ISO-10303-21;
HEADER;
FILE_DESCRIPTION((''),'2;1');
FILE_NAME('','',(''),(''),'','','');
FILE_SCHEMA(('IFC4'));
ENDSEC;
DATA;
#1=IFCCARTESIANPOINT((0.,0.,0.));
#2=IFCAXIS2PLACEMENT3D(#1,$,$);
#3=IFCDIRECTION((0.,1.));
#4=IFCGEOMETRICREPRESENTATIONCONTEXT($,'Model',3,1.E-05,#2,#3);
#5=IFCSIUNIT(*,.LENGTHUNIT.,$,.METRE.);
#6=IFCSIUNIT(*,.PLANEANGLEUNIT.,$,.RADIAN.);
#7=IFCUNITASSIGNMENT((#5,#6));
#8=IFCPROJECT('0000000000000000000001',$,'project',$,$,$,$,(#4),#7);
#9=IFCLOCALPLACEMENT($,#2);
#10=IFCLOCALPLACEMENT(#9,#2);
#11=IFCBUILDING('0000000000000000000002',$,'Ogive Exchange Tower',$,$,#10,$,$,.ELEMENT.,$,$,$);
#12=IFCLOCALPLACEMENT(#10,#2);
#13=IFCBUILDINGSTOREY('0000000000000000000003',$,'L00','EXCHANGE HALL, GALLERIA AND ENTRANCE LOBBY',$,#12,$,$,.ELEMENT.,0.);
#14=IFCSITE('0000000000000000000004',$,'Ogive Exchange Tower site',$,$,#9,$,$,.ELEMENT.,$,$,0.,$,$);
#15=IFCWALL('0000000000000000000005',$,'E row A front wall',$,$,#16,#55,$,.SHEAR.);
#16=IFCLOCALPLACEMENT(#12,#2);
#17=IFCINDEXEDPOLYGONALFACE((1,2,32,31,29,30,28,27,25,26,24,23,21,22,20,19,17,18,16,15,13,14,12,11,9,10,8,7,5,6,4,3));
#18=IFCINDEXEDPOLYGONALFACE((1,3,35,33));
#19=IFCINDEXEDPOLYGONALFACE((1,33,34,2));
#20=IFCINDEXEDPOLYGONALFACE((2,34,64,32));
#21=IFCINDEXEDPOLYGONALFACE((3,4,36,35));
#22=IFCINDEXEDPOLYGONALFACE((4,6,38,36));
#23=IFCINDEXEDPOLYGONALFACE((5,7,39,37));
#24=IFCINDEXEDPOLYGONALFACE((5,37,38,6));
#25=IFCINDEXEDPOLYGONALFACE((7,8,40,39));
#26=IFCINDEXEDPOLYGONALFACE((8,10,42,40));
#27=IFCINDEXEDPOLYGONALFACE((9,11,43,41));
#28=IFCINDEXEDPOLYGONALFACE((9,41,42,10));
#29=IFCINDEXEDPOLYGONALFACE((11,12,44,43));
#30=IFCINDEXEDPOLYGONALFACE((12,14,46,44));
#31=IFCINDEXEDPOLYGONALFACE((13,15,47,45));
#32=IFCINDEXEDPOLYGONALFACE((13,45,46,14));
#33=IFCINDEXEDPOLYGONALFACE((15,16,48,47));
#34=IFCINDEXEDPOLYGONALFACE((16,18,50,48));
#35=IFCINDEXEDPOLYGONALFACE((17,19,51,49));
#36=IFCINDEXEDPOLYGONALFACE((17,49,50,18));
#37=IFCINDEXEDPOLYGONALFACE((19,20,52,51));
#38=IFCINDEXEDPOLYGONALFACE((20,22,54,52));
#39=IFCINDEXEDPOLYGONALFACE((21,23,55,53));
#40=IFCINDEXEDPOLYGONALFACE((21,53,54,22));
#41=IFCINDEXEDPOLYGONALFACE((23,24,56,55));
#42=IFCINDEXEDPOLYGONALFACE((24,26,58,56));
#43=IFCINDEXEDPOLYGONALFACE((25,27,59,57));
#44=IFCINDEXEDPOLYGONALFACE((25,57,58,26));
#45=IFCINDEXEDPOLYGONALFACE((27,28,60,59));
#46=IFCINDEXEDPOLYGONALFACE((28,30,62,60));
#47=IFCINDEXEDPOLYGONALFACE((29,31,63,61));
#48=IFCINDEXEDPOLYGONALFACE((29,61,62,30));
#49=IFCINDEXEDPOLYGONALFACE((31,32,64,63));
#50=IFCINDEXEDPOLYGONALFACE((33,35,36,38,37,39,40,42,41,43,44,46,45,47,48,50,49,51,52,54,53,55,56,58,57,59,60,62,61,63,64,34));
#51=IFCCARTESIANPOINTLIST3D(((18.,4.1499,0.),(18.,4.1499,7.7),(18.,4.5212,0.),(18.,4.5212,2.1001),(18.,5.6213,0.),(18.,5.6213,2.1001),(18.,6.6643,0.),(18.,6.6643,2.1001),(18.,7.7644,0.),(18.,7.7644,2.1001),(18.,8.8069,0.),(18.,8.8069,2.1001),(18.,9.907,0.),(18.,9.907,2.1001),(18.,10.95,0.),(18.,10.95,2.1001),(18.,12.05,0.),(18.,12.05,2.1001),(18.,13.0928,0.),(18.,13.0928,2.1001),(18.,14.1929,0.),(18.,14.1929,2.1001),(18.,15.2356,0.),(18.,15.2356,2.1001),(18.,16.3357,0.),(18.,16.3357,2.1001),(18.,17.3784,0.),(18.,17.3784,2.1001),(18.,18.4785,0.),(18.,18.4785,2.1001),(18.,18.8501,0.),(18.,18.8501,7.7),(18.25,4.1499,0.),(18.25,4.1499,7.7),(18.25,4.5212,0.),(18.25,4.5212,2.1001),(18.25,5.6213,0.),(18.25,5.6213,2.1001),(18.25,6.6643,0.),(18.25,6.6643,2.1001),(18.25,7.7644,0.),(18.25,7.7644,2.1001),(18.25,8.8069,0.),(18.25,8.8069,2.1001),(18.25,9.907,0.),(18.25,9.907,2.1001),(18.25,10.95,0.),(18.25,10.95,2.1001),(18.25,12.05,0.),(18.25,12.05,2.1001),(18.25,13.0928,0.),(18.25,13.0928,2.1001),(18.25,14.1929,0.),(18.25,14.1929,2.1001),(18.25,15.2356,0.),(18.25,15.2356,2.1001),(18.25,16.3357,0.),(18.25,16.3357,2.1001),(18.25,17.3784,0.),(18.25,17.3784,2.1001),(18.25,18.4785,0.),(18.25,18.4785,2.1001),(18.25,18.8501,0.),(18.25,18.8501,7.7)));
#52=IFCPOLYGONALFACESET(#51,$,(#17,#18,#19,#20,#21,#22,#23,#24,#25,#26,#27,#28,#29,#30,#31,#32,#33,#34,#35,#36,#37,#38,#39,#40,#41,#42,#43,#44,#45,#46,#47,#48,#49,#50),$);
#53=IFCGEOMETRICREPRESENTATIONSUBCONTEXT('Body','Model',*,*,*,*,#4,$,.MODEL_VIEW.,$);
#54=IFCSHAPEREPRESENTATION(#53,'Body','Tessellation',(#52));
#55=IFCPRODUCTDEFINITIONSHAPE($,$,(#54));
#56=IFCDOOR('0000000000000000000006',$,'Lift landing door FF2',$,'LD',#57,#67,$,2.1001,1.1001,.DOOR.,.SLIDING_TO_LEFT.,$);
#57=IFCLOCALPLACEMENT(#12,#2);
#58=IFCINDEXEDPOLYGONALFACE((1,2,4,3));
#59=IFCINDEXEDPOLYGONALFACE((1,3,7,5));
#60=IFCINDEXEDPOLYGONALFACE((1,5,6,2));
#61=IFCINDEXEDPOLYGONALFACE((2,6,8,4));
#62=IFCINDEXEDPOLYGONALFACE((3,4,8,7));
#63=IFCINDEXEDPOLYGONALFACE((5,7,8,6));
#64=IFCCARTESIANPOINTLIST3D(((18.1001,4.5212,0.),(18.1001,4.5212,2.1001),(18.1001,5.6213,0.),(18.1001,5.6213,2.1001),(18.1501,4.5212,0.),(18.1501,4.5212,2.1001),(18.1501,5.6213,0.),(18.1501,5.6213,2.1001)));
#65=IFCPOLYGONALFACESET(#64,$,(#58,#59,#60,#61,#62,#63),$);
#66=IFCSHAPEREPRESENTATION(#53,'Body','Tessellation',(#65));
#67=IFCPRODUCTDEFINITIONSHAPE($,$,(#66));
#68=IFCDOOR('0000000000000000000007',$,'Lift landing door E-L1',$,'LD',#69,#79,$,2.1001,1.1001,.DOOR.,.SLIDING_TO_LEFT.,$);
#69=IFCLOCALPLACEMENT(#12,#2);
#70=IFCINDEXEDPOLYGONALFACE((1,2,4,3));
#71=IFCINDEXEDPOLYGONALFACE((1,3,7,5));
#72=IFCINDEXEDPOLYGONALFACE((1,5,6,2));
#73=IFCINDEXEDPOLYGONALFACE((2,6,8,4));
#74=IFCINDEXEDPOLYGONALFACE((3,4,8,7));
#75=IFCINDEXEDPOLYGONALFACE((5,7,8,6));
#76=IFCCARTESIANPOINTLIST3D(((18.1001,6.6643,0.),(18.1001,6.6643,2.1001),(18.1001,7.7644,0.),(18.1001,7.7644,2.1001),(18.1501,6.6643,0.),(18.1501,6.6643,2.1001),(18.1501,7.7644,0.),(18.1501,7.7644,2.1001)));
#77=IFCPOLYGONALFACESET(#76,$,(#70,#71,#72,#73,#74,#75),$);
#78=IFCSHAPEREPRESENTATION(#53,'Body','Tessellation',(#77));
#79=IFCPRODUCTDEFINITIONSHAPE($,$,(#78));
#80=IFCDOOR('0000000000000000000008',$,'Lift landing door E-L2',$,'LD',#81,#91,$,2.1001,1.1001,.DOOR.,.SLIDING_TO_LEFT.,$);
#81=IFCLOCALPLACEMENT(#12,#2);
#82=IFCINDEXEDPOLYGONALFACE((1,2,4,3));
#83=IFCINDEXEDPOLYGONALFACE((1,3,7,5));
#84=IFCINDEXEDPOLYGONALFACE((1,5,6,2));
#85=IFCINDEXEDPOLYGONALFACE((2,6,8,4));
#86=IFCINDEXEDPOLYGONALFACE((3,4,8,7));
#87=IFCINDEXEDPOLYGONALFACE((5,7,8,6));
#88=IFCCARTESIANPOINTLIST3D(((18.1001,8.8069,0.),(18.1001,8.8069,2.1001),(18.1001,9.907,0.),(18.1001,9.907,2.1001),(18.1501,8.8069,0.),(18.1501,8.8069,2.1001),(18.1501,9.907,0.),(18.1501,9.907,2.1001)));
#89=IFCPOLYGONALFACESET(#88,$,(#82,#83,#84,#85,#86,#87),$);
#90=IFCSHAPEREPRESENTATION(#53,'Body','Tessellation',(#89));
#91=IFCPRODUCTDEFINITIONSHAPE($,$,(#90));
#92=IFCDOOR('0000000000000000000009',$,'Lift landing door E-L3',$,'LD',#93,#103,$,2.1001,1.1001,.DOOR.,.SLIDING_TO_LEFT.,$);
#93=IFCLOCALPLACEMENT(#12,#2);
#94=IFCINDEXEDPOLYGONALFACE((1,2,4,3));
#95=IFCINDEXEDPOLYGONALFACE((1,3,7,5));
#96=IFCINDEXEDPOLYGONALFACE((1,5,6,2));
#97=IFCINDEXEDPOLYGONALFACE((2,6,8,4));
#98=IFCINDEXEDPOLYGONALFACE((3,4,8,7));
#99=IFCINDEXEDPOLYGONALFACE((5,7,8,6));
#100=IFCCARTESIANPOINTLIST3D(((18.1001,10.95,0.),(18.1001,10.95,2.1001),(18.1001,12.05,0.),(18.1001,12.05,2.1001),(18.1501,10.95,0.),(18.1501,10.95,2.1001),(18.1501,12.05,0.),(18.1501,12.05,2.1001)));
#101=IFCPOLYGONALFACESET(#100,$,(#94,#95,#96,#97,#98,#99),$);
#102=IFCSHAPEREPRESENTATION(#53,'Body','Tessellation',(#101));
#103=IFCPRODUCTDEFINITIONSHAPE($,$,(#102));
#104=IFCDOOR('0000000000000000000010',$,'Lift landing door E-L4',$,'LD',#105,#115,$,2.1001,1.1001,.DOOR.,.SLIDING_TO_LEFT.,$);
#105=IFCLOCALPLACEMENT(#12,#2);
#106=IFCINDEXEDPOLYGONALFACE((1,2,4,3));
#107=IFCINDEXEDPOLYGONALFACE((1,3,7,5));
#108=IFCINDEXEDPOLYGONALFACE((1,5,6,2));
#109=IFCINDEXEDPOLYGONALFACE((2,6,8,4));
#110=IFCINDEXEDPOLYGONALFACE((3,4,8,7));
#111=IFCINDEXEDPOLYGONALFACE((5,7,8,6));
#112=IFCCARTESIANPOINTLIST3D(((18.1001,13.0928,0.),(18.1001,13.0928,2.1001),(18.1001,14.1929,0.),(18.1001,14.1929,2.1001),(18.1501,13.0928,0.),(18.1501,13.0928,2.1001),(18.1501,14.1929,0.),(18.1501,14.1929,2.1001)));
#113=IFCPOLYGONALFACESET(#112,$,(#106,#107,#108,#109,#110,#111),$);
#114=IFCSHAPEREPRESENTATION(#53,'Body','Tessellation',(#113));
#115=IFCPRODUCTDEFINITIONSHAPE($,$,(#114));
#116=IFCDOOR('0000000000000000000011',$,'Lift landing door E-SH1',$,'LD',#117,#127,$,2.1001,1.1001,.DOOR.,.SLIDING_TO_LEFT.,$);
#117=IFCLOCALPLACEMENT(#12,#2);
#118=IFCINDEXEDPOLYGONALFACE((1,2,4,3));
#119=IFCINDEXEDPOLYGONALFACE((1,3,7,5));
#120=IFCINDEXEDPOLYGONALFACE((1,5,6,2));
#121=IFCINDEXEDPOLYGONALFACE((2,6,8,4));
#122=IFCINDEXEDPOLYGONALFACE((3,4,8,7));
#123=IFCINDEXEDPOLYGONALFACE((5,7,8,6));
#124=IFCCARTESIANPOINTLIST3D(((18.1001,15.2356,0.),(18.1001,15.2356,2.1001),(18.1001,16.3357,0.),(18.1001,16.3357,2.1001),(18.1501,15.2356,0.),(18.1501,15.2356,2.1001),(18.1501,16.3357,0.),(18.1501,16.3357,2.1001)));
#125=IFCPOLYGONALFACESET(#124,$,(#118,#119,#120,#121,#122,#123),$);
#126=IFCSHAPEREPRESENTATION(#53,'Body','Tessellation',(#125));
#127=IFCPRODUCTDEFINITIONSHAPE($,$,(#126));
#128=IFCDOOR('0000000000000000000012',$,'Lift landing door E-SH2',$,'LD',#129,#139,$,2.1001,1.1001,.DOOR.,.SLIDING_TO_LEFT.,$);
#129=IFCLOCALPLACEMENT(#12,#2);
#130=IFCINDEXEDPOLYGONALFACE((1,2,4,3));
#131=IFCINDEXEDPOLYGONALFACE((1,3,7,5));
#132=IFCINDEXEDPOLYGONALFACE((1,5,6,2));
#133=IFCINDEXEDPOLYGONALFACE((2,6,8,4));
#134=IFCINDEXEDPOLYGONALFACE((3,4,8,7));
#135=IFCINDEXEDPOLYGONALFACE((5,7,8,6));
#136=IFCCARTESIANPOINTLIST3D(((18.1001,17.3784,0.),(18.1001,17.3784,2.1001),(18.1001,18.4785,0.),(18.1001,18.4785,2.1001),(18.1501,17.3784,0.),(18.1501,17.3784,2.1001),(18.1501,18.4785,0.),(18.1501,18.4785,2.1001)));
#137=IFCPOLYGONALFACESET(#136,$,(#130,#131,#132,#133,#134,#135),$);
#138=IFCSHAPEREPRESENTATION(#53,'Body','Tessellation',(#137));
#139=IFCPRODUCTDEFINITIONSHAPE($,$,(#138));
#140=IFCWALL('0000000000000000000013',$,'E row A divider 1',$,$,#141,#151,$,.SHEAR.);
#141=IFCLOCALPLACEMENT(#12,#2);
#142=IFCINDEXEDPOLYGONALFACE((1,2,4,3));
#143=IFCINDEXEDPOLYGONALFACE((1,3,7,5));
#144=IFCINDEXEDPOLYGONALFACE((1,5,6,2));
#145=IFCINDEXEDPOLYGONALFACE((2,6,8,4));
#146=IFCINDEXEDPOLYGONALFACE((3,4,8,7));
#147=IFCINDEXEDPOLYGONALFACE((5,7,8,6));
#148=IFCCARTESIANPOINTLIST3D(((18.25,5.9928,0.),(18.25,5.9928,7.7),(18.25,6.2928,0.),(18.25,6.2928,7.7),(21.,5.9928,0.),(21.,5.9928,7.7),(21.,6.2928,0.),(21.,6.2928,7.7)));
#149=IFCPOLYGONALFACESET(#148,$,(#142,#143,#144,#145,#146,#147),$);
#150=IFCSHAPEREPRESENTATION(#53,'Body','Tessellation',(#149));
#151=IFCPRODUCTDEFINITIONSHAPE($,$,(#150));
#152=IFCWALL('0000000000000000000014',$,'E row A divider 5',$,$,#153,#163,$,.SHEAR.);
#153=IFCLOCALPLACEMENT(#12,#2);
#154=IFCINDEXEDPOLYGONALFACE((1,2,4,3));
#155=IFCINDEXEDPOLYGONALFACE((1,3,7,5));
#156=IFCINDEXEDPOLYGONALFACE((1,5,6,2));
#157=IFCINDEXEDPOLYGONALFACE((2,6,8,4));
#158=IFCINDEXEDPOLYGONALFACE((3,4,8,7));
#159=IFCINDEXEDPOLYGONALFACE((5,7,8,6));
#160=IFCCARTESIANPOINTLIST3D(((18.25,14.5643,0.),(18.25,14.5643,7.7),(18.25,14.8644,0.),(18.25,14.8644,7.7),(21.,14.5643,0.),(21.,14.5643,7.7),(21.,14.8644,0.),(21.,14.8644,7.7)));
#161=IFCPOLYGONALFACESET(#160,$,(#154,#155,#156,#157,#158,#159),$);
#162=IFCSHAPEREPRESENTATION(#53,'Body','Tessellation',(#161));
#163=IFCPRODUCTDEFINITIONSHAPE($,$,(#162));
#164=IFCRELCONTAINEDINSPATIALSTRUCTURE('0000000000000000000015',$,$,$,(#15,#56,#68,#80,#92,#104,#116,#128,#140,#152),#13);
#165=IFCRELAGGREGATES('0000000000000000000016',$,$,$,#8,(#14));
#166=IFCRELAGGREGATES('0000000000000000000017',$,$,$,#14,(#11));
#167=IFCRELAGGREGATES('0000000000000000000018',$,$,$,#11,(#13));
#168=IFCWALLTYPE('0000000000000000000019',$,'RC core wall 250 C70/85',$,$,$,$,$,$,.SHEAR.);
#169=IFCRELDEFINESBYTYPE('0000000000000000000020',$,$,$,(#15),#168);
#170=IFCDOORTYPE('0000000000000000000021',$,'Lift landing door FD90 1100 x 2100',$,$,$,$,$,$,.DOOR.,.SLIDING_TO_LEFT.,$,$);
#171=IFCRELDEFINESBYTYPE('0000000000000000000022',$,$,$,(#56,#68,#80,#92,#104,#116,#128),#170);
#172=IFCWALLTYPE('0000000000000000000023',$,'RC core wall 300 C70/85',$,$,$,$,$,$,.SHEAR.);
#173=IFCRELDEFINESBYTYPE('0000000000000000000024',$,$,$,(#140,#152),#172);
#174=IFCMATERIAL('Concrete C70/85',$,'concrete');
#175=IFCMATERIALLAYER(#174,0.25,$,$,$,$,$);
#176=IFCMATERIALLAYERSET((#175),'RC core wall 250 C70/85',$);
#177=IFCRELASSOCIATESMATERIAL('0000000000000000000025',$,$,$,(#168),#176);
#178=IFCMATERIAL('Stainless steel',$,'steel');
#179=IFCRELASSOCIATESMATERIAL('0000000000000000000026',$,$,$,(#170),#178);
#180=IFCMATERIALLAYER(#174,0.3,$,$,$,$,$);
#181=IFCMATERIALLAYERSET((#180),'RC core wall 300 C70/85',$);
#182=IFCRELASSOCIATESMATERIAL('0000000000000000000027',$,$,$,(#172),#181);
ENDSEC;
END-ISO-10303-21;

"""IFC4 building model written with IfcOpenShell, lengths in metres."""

from ifc_helpers import new_model, si_unit, direction, frame, frame_2d, origin, place, context, subcontext, project, spatial, rectangle, extrude, material, layer, layer_set, type_object, element, fill, save


model = new_model("IFC4")

# Units and contexts
model_context = context("Model", 3, precision=1e-05, world=origin(), true_north=direction((0.0, 1.0)))
body_context = subcontext(model_context, "Body", "Model", "MODEL_VIEW")
ifc_project = project(units=[si_unit("LENGTHUNIT", "METRE"), si_unit("PLANEANGLEUNIT", "RADIAN")], contexts=[model_context])

# Site, building, storey
site_placement = place(None, origin())
site = spatial("IfcSite", under=ifc_project, at=site_placement, Name="Ogive Exchange Tower site", CompositionType="ELEMENT", RefElevation=0.0)
building_placement = place(site_placement, origin())
building = spatial("IfcBuilding", under=site, at=building_placement, Name="Ogive Exchange Tower", CompositionType="ELEMENT")
storey_placement = place(building_placement, origin())
storey = spatial("IfcBuildingStorey", under=building, at=storey_placement, Name="L00", Description="EXCHANGE HALL, GALLERIA AND ENTRANCE LOBBY", CompositionType="ELEMENT", Elevation=0.0)

# Wall, openings, doors
ifc_material_1 = material(Name="Concrete C70/85", Category="concrete")
ifc_layer_1 = layer(ifc_material_1, 0.25)
ifc_layer_set_1 = layer_set([ifc_layer_1], Name="RC core wall 250 C70/85")
wall_type_1 = type_object("IfcWallType", Name="RC core wall 250 C70/85", PredefinedType="SHEAR", material=ifc_layer_set_1)
wall_placement = place(storey_placement, frame((18.125, 4.1499, 0.0), z_axis=(0.0, 0.0, 1.0), x_axis=(0.0, 1.0, 0.0)))
wall = element("IfcWall", 1, at=wall_placement, inside=storey, type_object=wall_type_1, Name="E row A front wall", PredefinedType="SHEAR", context=body_context, shape_type="SweptSolid", body=[
    extrude(rectangle(XDim=14.7002, YDim=0.25, at=frame_2d((7.3501, 0.0))), origin(), (0.0, 0.0, 1.0), 7.7),
])
opening_1_placement = place(wall_placement, frame((0.3713, 0.0, 0.0)))
opening_1 = element("IfcOpeningElement", 2, at=opening_1_placement, cuts=wall, PredefinedType="OPENING", context=body_context, shape_type="SweptSolid", body=[
    extrude(rectangle(XDim=1.1001, YDim=2.1001, at=frame_2d((0.55, 1.05))), frame((0.0, 0.135, 0.0), z_axis=(0.0, -1.0, 0.0), x_axis=(1.0, 0.0, 0.0)), (0.0, 0.0, 1.0), 0.27),
])
opening_2_placement = place(wall_placement, frame((2.5144, 0.0, 0.0)))
opening_2 = element("IfcOpeningElement", 3, at=opening_2_placement, cuts=wall, PredefinedType="OPENING", context=body_context, shape_type="SweptSolid", body=[
    extrude(rectangle(XDim=1.1001, YDim=2.1001, at=frame_2d((0.55, 1.05))), frame((0.0, 0.135, 0.0), z_axis=(0.0, -1.0, 0.0), x_axis=(1.0, 0.0, 0.0)), (0.0, 0.0, 1.0), 0.27),
])
opening_3_placement = place(wall_placement, frame((4.657, 0.0, 0.0)))
opening_3 = element("IfcOpeningElement", 4, at=opening_3_placement, cuts=wall, PredefinedType="OPENING", context=body_context, shape_type="SweptSolid", body=[
    extrude(rectangle(XDim=1.1001, YDim=2.1001, at=frame_2d((0.55, 1.05))), frame((0.0, 0.135, 0.0), z_axis=(0.0, -1.0, 0.0), x_axis=(1.0, 0.0, 0.0)), (0.0, 0.0, 1.0), 0.27),
])
opening_4_placement = place(wall_placement, frame((6.8, 0.0, 0.0)))
opening_4 = element("IfcOpeningElement", 5, at=opening_4_placement, cuts=wall, PredefinedType="OPENING", context=body_context, shape_type="SweptSolid", body=[
    extrude(rectangle(XDim=1.1001, YDim=2.1001, at=frame_2d((0.55, 1.05))), frame((0.0, 0.135, 0.0), z_axis=(0.0, -1.0, 0.0), x_axis=(1.0, 0.0, 0.0)), (0.0, 0.0, 1.0), 0.27),
])
opening_5_placement = place(wall_placement, frame((8.9429, 0.0, 0.0)))
opening_5 = element("IfcOpeningElement", 6, at=opening_5_placement, cuts=wall, PredefinedType="OPENING", context=body_context, shape_type="SweptSolid", body=[
    extrude(rectangle(XDim=1.1001, YDim=2.1001, at=frame_2d((0.55, 1.05))), frame((0.0, 0.135, 0.0), z_axis=(0.0, -1.0, 0.0), x_axis=(1.0, 0.0, 0.0)), (0.0, 0.0, 1.0), 0.27),
])
opening_6_placement = place(wall_placement, frame((11.0857, 0.0, 0.0)))
opening_6 = element("IfcOpeningElement", 7, at=opening_6_placement, cuts=wall, PredefinedType="OPENING", context=body_context, shape_type="SweptSolid", body=[
    extrude(rectangle(XDim=1.1001, YDim=2.1001, at=frame_2d((0.55, 1.05))), frame((0.0, 0.135, 0.0), z_axis=(0.0, -1.0, 0.0), x_axis=(1.0, 0.0, 0.0)), (0.0, 0.0, 1.0), 0.27),
])
opening_7_placement = place(wall_placement, frame((13.2285, 0.0, 0.0)))
opening_7 = element("IfcOpeningElement", 8, at=opening_7_placement, cuts=wall, PredefinedType="OPENING", context=body_context, shape_type="SweptSolid", body=[
    extrude(rectangle(XDim=1.1001, YDim=2.1001, at=frame_2d((0.55, 1.05))), frame((0.0, 0.135, 0.0), z_axis=(0.0, -1.0, 0.0), x_axis=(1.0, 0.0, 0.0)), (0.0, 0.0, 1.0), 0.27),
])
ifc_material_2 = material(Name="Stainless steel", Category="steel")
door_type = type_object("IfcDoorType", Name="Lift landing door FD90 1100 x 2100", OperationType="SLIDING_TO_LEFT", PredefinedType="DOOR", material=ifc_material_2)
door_1_placement = place(opening_1_placement, origin())
door_1 = element("IfcDoor", 9, at=door_1_placement, inside=storey, type_object=door_type, Name="Lift landing door FF2", ObjectType="LD", OperationType="SLIDING_TO_LEFT", OverallHeight=2.1001, OverallWidth=1.1001, PredefinedType="DOOR", context=body_context, shape_type="SweptSolid", body=[
    extrude(rectangle(XDim=1.1001, YDim=2.1001, at=frame_2d((0.55, 1.05))), frame((0.0, 0.0249, 0.0), z_axis=(0.0, -1.0, 0.0), x_axis=(1.0, 0.0, 0.0)), (0.0, 0.0, 1.0), 0.05),
])
fill(opening_1, door_1)
door_2_placement = place(opening_2_placement, origin())
door_2 = element("IfcDoor", 10, at=door_2_placement, inside=storey, type_object=door_type, Name="Lift landing door E-L1", ObjectType="LD", OperationType="SLIDING_TO_LEFT", OverallHeight=2.1001, OverallWidth=1.1001, PredefinedType="DOOR", context=body_context, shape_type="SweptSolid", body=[
    extrude(rectangle(XDim=1.1001, YDim=2.1001, at=frame_2d((0.55, 1.05))), frame((0.0, 0.0249, 0.0), z_axis=(0.0, -1.0, 0.0), x_axis=(1.0, 0.0, 0.0)), (0.0, 0.0, 1.0), 0.05),
])
fill(opening_2, door_2)
door_3_placement = place(opening_3_placement, origin())
door_3 = element("IfcDoor", 11, at=door_3_placement, inside=storey, type_object=door_type, Name="Lift landing door E-L2", ObjectType="LD", OperationType="SLIDING_TO_LEFT", OverallHeight=2.1001, OverallWidth=1.1001, PredefinedType="DOOR", context=body_context, shape_type="SweptSolid", body=[
    extrude(rectangle(XDim=1.1001, YDim=2.1001, at=frame_2d((0.55, 1.05))), frame((0.0, 0.0249, 0.0), z_axis=(0.0, -1.0, 0.0), x_axis=(1.0, 0.0, 0.0)), (0.0, 0.0, 1.0), 0.05),
])
fill(opening_3, door_3)
door_4_placement = place(opening_4_placement, origin())
door_4 = element("IfcDoor", 12, at=door_4_placement, inside=storey, type_object=door_type, Name="Lift landing door E-L3", ObjectType="LD", OperationType="SLIDING_TO_LEFT", OverallHeight=2.1001, OverallWidth=1.1001, PredefinedType="DOOR", context=body_context, shape_type="SweptSolid", body=[
    extrude(rectangle(XDim=1.1001, YDim=2.1001, at=frame_2d((0.55, 1.05))), frame((0.0, 0.0249, 0.0), z_axis=(0.0, -1.0, 0.0), x_axis=(1.0, 0.0, 0.0)), (0.0, 0.0, 1.0), 0.05),
])
fill(opening_4, door_4)
door_5_placement = place(opening_5_placement, origin())
door_5 = element("IfcDoor", 13, at=door_5_placement, inside=storey, type_object=door_type, Name="Lift landing door E-L4", ObjectType="LD", OperationType="SLIDING_TO_LEFT", OverallHeight=2.1001, OverallWidth=1.1001, PredefinedType="DOOR", context=body_context, shape_type="SweptSolid", body=[
    extrude(rectangle(XDim=1.1001, YDim=2.1001, at=frame_2d((0.55, 1.05))), frame((0.0, 0.0249, 0.0), z_axis=(0.0, -1.0, 0.0), x_axis=(1.0, 0.0, 0.0)), (0.0, 0.0, 1.0), 0.05),
])
fill(opening_5, door_5)
door_6_placement = place(opening_6_placement, origin())
door_6 = element("IfcDoor", 14, at=door_6_placement, inside=storey, type_object=door_type, Name="Lift landing door E-SH1", ObjectType="LD", OperationType="SLIDING_TO_LEFT", OverallHeight=2.1001, OverallWidth=1.1001, PredefinedType="DOOR", context=body_context, shape_type="SweptSolid", body=[
    extrude(rectangle(XDim=1.1001, YDim=2.1001, at=frame_2d((0.55, 1.05))), frame((0.0, 0.0249, 0.0), z_axis=(0.0, -1.0, 0.0), x_axis=(1.0, 0.0, 0.0)), (0.0, 0.0, 1.0), 0.05),
])
fill(opening_6, door_6)
door_7_placement = place(opening_7_placement, origin())
door_7 = element("IfcDoor", 15, at=door_7_placement, inside=storey, type_object=door_type, Name="Lift landing door E-SH2", ObjectType="LD", OperationType="SLIDING_TO_LEFT", OverallHeight=2.1001, OverallWidth=1.1001, PredefinedType="DOOR", context=body_context, shape_type="SweptSolid", body=[
    extrude(rectangle(XDim=1.1001, YDim=2.1001, at=frame_2d((0.55, 1.05))), frame((0.0, 0.0249, 0.0), z_axis=(0.0, -1.0, 0.0), x_axis=(1.0, 0.0, 0.0)), (0.0, 0.0, 1.0), 0.05),
])
fill(opening_7, door_7)

# Walls
ifc_layer_2 = layer(ifc_material_1, 0.3)
ifc_layer_set_2 = layer_set([ifc_layer_2], Name="RC core wall 300 C70/85")
wall_type_2 = type_object("IfcWallType", Name="RC core wall 300 C70/85", PredefinedType="SHEAR", material=ifc_layer_set_2)
for number, where, z_axis, x_axis, name in (
    (16, (18.25, 6.1428, 0.0), (0.0, 0.0, 1.0), (1.0, 0.0, 0.0), "E row A divider 1"),
    (17, (18.25, 14.7144, 0.0), (0.0, 0.0, 1.0), (1.0, 0.0, 0.0), "E row A divider 5"),
):
    element("IfcWall", number, at=place(storey_placement, frame(where, z_axis=z_axis, x_axis=x_axis)), inside=storey, type_object=wall_type_2, Name=name, PredefinedType="SHEAR", context=body_context, shape_type="SweptSolid", body=[
        extrude(rectangle(XDim=2.75, YDim=0.3, at=frame_2d((1.375, 0.0))), origin(), (0.0, 0.0, 1.0), 7.7),
    ])

save(model, "model.ifc")
